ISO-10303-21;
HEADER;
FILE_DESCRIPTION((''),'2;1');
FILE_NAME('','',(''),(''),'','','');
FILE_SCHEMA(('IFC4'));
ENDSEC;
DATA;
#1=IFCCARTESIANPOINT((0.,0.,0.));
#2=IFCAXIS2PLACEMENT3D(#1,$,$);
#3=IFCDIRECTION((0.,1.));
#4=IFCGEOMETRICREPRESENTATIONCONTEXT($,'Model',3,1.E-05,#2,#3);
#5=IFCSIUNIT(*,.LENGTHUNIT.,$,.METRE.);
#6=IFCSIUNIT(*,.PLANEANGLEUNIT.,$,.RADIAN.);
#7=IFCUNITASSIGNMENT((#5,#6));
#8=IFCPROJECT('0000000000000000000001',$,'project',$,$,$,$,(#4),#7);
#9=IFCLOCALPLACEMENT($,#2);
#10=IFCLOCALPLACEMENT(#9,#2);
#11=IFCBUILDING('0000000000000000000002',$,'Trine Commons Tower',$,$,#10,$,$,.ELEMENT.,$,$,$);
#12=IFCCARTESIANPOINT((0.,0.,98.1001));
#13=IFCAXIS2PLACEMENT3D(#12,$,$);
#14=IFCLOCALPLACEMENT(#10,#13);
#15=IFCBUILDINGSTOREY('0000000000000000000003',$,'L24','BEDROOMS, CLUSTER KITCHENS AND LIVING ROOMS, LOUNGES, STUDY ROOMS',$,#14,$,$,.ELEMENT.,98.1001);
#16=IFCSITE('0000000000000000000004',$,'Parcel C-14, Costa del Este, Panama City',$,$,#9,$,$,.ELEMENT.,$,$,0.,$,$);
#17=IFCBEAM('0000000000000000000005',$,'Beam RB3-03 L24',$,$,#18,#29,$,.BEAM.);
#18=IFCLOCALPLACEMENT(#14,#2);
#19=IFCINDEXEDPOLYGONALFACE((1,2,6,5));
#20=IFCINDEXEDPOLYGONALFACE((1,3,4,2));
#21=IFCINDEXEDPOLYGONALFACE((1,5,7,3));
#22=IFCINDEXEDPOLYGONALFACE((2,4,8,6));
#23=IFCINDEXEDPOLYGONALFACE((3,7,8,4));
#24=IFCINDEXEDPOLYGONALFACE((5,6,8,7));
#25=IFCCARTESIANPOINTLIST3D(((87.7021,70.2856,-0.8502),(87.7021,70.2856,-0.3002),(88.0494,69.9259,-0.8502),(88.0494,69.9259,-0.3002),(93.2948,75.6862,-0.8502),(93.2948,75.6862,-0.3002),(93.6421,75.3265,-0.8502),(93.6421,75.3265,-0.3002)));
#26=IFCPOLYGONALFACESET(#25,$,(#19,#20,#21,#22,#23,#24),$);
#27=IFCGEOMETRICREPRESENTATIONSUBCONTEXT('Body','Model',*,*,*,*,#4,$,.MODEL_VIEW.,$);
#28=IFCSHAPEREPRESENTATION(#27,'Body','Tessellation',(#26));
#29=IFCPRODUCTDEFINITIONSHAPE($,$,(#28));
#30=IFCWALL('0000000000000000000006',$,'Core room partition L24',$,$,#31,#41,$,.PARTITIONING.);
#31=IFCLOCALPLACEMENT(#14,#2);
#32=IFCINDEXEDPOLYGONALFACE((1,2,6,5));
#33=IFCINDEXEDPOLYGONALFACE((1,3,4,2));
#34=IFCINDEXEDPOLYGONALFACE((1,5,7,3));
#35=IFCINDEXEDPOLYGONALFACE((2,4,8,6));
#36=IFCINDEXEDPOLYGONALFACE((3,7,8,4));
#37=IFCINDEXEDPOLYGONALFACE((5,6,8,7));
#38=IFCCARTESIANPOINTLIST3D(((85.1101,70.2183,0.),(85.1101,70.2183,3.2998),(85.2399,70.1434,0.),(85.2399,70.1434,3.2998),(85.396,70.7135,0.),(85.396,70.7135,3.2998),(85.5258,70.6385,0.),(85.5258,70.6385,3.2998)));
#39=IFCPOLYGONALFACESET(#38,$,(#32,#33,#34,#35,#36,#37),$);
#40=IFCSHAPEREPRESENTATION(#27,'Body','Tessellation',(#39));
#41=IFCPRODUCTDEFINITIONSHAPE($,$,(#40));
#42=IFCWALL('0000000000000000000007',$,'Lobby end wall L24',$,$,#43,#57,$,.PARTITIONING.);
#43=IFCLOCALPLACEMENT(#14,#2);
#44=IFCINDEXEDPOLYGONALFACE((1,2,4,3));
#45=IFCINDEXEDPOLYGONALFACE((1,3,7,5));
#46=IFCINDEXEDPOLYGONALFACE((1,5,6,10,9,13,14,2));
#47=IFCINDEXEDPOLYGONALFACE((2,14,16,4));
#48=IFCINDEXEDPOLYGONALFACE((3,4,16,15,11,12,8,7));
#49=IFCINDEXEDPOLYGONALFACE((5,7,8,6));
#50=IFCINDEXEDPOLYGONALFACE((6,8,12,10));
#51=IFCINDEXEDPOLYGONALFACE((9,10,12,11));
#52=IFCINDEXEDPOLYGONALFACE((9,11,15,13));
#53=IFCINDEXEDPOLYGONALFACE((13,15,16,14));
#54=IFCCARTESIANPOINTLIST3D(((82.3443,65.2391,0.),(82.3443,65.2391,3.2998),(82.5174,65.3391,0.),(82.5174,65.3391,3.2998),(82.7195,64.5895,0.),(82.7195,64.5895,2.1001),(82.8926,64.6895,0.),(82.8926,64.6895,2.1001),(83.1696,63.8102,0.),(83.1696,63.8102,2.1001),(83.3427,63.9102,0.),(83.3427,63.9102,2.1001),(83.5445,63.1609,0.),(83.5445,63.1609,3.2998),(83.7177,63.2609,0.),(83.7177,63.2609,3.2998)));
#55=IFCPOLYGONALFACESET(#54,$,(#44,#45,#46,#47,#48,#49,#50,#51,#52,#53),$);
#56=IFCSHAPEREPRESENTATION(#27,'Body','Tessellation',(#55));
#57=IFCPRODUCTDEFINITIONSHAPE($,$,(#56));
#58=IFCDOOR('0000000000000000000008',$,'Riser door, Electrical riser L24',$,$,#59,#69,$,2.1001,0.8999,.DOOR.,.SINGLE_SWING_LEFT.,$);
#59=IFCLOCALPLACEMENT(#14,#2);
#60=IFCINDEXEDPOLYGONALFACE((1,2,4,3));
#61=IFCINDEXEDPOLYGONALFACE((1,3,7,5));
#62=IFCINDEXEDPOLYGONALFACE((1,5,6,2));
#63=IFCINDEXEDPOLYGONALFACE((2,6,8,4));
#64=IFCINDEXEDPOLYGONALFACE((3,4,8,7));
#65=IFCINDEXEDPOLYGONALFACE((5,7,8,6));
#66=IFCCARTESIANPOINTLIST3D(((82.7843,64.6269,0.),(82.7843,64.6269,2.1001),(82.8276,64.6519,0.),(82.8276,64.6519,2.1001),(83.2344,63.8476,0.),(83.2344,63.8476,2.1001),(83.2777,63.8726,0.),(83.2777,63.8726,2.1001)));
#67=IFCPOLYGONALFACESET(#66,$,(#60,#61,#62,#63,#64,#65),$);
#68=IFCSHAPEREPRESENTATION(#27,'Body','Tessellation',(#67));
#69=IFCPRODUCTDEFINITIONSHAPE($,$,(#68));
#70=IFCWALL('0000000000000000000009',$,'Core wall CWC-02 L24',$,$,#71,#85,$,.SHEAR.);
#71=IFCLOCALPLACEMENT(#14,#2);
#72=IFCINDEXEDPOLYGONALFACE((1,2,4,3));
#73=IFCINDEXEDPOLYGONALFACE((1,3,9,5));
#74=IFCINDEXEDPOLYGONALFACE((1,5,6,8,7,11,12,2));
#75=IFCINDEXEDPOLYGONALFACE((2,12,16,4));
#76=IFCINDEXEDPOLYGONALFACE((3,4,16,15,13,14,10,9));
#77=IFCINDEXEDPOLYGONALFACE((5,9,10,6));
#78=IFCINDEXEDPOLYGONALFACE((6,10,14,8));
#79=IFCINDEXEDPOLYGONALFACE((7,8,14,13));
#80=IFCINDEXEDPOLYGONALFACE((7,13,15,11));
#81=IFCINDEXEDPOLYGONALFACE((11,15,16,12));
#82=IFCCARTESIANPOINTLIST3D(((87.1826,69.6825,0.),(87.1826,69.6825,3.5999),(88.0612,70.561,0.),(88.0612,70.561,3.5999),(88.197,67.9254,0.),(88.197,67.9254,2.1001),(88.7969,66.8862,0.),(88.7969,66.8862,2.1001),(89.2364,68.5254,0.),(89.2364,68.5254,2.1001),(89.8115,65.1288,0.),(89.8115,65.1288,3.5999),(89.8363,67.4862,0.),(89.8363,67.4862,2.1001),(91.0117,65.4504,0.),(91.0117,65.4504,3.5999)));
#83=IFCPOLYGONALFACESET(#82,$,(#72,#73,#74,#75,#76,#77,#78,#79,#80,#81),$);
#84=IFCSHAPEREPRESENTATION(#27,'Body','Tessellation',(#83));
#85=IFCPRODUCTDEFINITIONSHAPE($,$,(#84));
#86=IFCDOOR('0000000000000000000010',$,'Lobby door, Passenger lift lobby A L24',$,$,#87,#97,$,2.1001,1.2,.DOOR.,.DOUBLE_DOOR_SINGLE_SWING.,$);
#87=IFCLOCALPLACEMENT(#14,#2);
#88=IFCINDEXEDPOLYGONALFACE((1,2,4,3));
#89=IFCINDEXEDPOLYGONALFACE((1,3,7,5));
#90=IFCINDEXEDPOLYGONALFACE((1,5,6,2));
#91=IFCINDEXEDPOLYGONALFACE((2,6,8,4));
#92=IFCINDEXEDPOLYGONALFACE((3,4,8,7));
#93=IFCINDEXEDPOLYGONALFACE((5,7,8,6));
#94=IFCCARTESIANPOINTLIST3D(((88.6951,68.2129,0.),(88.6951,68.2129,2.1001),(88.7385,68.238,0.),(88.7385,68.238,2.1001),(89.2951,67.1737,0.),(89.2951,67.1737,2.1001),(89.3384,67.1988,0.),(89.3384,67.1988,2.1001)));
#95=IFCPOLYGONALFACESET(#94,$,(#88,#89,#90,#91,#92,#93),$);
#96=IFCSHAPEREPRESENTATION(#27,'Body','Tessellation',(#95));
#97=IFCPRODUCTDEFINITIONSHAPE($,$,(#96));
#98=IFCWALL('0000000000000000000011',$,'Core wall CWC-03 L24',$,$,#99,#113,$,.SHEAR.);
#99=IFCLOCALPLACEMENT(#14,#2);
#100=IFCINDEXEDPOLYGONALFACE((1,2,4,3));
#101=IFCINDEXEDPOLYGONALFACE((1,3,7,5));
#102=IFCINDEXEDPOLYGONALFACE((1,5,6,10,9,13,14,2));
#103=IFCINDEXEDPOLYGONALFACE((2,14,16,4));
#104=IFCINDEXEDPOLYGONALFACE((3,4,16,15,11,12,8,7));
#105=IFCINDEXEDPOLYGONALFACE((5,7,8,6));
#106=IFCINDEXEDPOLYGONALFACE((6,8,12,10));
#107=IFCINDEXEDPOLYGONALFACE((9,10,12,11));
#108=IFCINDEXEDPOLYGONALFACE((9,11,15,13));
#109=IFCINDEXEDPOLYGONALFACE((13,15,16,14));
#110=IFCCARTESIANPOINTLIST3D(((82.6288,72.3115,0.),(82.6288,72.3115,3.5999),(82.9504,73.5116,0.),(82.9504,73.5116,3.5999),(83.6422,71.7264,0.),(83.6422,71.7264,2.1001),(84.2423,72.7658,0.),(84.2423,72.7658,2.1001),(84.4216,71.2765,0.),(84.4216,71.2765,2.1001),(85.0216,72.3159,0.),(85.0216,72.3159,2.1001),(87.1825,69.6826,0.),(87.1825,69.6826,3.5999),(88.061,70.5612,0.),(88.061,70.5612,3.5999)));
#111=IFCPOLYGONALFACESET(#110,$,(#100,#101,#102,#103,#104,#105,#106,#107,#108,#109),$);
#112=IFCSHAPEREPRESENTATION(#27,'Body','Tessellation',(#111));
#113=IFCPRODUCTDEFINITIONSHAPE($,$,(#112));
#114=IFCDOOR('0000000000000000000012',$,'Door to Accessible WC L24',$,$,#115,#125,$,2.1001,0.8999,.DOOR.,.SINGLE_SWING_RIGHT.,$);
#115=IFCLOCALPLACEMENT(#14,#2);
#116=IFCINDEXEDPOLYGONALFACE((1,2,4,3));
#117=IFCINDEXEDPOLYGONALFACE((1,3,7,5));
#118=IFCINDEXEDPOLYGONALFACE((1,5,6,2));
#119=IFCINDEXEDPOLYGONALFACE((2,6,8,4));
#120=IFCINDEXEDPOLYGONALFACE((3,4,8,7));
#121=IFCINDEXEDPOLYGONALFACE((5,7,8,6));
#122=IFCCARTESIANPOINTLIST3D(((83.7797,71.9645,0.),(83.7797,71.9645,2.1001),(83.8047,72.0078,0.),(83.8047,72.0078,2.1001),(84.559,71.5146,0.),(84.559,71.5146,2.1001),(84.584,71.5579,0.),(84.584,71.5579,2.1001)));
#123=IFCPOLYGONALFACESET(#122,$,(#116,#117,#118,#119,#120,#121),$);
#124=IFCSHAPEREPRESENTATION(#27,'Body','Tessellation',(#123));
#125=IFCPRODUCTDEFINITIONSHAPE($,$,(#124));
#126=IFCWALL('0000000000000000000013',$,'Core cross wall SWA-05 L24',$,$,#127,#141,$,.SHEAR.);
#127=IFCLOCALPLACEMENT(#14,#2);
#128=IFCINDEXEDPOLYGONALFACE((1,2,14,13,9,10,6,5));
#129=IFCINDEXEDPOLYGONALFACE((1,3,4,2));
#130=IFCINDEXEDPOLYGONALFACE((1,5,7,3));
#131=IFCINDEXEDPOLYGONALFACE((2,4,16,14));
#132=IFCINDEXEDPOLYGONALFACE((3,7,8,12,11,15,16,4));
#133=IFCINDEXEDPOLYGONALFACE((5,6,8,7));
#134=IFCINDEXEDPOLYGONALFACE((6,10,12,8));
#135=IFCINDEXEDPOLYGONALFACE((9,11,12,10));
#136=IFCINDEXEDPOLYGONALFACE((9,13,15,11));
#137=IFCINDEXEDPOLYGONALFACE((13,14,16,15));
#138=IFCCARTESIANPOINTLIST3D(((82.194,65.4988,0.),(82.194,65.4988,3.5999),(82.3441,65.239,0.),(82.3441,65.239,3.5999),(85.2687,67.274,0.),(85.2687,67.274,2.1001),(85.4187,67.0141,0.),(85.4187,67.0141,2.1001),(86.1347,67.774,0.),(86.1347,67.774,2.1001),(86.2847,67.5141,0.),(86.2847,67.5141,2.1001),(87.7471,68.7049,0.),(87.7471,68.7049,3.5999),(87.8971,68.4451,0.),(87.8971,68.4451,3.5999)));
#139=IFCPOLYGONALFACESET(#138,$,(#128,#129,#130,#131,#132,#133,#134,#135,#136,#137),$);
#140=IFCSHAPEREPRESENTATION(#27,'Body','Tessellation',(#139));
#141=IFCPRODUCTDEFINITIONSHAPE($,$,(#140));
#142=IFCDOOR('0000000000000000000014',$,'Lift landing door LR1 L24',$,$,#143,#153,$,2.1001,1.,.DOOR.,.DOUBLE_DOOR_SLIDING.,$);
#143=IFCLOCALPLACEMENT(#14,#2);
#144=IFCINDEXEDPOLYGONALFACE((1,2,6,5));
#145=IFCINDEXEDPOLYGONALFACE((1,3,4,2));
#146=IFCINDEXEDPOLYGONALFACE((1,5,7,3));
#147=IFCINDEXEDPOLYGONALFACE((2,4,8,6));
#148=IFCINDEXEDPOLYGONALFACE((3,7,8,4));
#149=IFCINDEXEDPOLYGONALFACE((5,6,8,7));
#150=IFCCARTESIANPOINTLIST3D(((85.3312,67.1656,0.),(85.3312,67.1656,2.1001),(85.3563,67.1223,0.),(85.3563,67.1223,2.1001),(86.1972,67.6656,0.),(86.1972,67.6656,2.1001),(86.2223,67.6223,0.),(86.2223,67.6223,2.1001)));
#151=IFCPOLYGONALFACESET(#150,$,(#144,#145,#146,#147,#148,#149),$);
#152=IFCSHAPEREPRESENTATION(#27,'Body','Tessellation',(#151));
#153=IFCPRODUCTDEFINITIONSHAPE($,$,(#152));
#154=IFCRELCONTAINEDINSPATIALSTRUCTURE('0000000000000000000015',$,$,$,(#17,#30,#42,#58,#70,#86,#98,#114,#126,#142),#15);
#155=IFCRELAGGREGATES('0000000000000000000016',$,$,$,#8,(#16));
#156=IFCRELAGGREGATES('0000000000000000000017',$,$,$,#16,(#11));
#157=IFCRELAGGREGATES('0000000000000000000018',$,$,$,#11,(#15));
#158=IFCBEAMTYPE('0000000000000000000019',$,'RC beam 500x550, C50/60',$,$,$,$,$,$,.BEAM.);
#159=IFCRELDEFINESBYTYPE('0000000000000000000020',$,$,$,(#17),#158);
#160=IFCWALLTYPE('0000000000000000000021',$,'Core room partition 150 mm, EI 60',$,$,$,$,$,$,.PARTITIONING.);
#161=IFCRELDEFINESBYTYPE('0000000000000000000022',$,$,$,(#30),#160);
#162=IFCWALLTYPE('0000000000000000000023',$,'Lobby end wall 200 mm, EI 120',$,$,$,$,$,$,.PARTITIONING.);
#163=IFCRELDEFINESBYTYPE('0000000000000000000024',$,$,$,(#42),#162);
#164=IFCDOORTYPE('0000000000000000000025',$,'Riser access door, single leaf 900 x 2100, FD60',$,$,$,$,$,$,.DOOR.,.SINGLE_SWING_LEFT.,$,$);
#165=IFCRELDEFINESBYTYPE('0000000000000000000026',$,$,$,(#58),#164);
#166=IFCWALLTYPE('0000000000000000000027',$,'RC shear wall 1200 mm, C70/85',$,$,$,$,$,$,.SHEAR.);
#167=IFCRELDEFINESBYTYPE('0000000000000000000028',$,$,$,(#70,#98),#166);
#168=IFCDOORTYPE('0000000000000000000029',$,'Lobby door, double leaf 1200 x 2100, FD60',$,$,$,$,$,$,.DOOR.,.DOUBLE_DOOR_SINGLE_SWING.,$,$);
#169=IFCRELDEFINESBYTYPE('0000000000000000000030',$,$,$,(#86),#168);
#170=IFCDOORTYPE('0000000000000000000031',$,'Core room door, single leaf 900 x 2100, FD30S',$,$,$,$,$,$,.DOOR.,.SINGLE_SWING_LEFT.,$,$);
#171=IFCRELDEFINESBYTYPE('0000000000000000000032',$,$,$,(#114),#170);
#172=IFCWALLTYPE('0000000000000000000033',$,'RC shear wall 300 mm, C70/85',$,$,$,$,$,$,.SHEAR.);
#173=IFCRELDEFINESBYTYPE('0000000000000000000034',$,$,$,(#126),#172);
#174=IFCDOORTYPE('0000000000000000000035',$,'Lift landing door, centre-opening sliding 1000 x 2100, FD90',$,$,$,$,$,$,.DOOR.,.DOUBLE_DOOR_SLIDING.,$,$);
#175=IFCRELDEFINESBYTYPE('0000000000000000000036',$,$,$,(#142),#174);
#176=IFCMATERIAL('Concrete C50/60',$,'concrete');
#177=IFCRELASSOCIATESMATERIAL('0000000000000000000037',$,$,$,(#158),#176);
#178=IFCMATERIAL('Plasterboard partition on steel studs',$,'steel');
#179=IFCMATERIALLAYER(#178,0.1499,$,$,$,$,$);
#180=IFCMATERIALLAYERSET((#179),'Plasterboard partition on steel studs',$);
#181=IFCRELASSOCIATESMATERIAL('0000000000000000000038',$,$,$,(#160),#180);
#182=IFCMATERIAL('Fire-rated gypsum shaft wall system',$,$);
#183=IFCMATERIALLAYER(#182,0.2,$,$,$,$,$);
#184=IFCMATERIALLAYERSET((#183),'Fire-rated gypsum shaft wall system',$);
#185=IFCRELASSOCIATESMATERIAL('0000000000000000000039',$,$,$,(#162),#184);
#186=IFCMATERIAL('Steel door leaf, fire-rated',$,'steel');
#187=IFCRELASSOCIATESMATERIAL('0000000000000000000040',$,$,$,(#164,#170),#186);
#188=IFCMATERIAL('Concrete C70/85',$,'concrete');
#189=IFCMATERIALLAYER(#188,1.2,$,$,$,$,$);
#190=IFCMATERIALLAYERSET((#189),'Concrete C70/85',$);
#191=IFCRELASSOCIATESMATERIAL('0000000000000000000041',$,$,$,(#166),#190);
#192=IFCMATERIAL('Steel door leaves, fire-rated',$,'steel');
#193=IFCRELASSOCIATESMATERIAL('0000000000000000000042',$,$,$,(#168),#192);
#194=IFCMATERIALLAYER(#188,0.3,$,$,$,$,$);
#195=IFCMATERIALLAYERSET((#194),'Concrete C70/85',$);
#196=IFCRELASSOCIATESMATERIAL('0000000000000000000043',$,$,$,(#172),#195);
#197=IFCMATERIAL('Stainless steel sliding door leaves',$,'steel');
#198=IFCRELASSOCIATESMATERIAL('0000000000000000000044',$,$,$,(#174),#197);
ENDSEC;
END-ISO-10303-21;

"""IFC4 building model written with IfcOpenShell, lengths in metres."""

from ifc_helpers import new_model, si_unit, direction, frame, frame_2d, origin, origin_2d, place, context, subcontext, project, spatial, polyline, rectangle, outline, extrude, material, layer, layer_set, material_profile, profile_set, type_object, element, fill, save


model = new_model("IFC4")

# Units and contexts
model_context = context("Model", 3, precision=1e-05, world=origin(), true_north=direction((0.0, 1.0)))
body_context = subcontext(model_context, "Body", "Model", "MODEL_VIEW")
ifc_project = project(units=[si_unit("LENGTHUNIT", "METRE"), si_unit("PLANEANGLEUNIT", "RADIAN")], contexts=[model_context])

# Site, building, storey
site_placement = place(None, origin())
site = spatial("IfcSite", under=ifc_project, at=site_placement, Name="Parcel C-14, Costa del Este, Panama City", CompositionType="ELEMENT", RefElevation=0.0)
building_placement = place(site_placement, origin())
building = spatial("IfcBuilding", under=site, at=building_placement, Name="Trine Commons Tower", CompositionType="ELEMENT")
storey_placement = place(building_placement, frame((0.0, 0.0, 98.1001)))
storey = spatial("IfcBuildingStorey", under=building, at=storey_placement, Name="L24", Description="BEDROOMS, CLUSTER KITCHENS AND LIVING ROOMS, LOUNGES, STUDY ROOMS", CompositionType="ELEMENT", Elevation=98.1001)

# Beam
ifc_material_1 = material(Name="Concrete C50/60", Category="concrete")
ifc_material_profile = material_profile(ifc_material_1, rectangle(XDim=0.5, YDim=0.55, at=origin_2d()), Name="RC 500x550")
ifc_profile_set = profile_set([ifc_material_profile], Name="Concrete C50/60")
beam_type = type_object("IfcBeamType", Name="RC beam 500x550, C50/60", PredefinedType="BEAM", material=ifc_profile_set)
beam_placement = place(storey_placement, frame((87.8757, 70.1057, -0.5752), z_axis=(0.719355, 0.694642, 0.0), x_axis=(-0.694642, 0.719355, 0.0)))
element("IfcBeam", 1, at=beam_placement, inside=storey, type_object=beam_type, Name="Beam RB3-03 L24", PredefinedType="BEAM", context=body_context, shape_type="SweptSolid", body=[
    extrude(rectangle(XDim=0.5, YDim=0.55, at=origin_2d()), origin(), (0.0, 0.0, 1.0), 7.7747),
])

# Wall
ifc_material_2 = material(Name="Plasterboard partition on steel studs", Category="steel")
ifc_layer_1 = layer(ifc_material_2, 0.1499)
ifc_layer_set_1 = layer_set([ifc_layer_1], Name="Plasterboard partition on steel studs")
wall_type_1 = type_object("IfcWallType", Name="Core room partition 150 mm, EI 60", PredefinedType="PARTITIONING", material=ifc_layer_set_1)
wall_1_placement = place(storey_placement, frame((85.4609, 70.676, 0.0), z_axis=(0.0, 0.0, 1.0), x_axis=(-0.500043, -0.866001, 0.0)))
element("IfcWall", 2, at=wall_1_placement, inside=storey, type_object=wall_type_1, Name="Core room partition L24", PredefinedType="PARTITIONING", context=body_context, shape_type="SweptSolid", body=[
    extrude(rectangle(XDim=0.5718, YDim=0.1499, at=frame_2d((0.2859, 0.0))), origin(), (0.0, 0.0, 1.0), 3.2998),
])

# Walls, openings, doors
ifc_material_3 = material(Name="Fire-rated gypsum shaft wall system")
ifc_layer_2 = layer(ifc_material_3, 0.2)
ifc_layer_set_2 = layer_set([ifc_layer_2], Name="Fire-rated gypsum shaft wall system")
wall_type_2 = type_object("IfcWallType", Name="Lobby end wall 200 mm, EI 120", PredefinedType="PARTITIONING", material=ifc_layer_set_2)
wall_2_placement = place(storey_placement, frame((83.6311, 63.2109, 0.0), z_axis=(0.0, 0.0, 1.0), x_axis=(-0.500122, 0.865955, 0.0)))
wall_2 = element("IfcWall", 3, at=wall_2_placement, inside=storey, type_object=wall_type_2, Name="Lobby end wall L24", PredefinedType="PARTITIONING", context=body_context, shape_type="SweptSolid", body=[
    extrude(rectangle(XDim=2.3999, YDim=0.2, at=frame_2d((1.2, 0.0))), origin(), (0.0, 0.0, 1.0), 3.2998),
])
opening_1_placement = place(wall_2_placement, frame((0.7498, 0.0, 0.0)))
opening_1 = element("IfcOpeningElement", 4, at=opening_1_placement, cuts=wall_2, PredefinedType="OPENING", context=body_context, shape_type="SweptSolid", body=[
    extrude(rectangle(XDim=0.8999, YDim=2.1001, at=frame_2d((0.45, 1.05))), frame((0.0, 0.1099, 0.0), z_axis=(0.0, -1.0, 0.0), x_axis=(1.0, 0.0, 0.0)), (0.0, 0.0, 1.0), 0.22),
])
ifc_material_4 = material(Name="Steel door leaf, fire-rated", Category="steel")
door_type_1 = type_object("IfcDoorType", Name="Riser access door, single leaf 900 x 2100, FD60", OperationType="SINGLE_SWING_LEFT", PredefinedType="DOOR", material=ifc_material_4)
door_1_placement = place(opening_1_placement, frame((0.8999, 0.0, 0.0), z_axis=(0.0, 0.0, 1.0), x_axis=(-1.0, 0.0, 0.0)))
door_1 = element("IfcDoor", 5, at=door_1_placement, inside=storey, type_object=door_type_1, Name="Riser door, Electrical riser L24", OperationType="SINGLE_SWING_LEFT", OverallHeight=2.1001, OverallWidth=0.8999, PredefinedType="DOOR", context=body_context, shape_type="SweptSolid", body=[
    extrude(rectangle(XDim=0.8999, YDim=2.1001, at=frame_2d((0.45, 1.05))), frame((0.0, 0.0249, 0.0), z_axis=(0.0, -1.0, 0.0), x_axis=(1.0, 0.0, 0.0)), (0.0, 0.0, 1.0), 0.05),
])
fill(opening_1, door_1)
ifc_material_5 = material(Name="Concrete C70/85", Category="concrete")
ifc_layer_3 = layer(ifc_material_5, 1.2)
ifc_layer_set_3 = layer_set([ifc_layer_3], Name="Concrete C70/85")
wall_type_3 = type_object("IfcWallType", Name="RC shear wall 1200 mm, C70/85", PredefinedType="SHEAR", material=ifc_layer_set_3)
wall_3_placement = place(storey_placement, frame((90.4919, 65.1504, 0.0), z_axis=(0.0, 0.0, 1.0), x_axis=(-0.499979, 0.866037, 0.0)))
wall_3 = element("IfcWall", 6, at=wall_3_placement, inside=storey, type_object=wall_type_3, Name="Core wall CWC-02 L24", PredefinedType="SHEAR", context=body_context, shape_type="SweptSolid", body=[
    extrude(outline(polyline([(0.0, -0.6001), (5.9011, -0.6001), (5.5796, 0.6001), (0.3215, 0.6001), (0.0, -0.6001)])), origin(), (0.0, 0.0, 1.0), 3.5999),
])
opening_2_placement = place(wall_3_placement, frame((2.3506, 0.0, 0.0)))
opening_2 = element("IfcOpeningElement", 7, at=opening_2_placement, cuts=wall_3, PredefinedType="OPENING", context=body_context, shape_type="SweptSolid", body=[
    extrude(rectangle(XDim=1.2, YDim=2.1001, at=frame_2d((0.6001, 1.05))), frame((0.0, 0.6099, 0.0), z_axis=(0.0, -1.0, 0.0), x_axis=(1.0, 0.0, 0.0)), (0.0, 0.0, 1.0), 1.22),
])
ifc_material_6 = material(Name="Steel door leaves, fire-rated", Category="steel")
door_type_2 = type_object("IfcDoorType", Name="Lobby door, double leaf 1200 x 2100, FD60", OperationType="DOUBLE_DOOR_SINGLE_SWING", PredefinedType="DOOR", material=ifc_material_6)
door_2_placement = place(opening_2_placement, origin())
door_2 = element("IfcDoor", 8, at=door_2_placement, inside=storey, type_object=door_type_2, Name="Lobby door, Passenger lift lobby A L24", OperationType="DOUBLE_DOOR_SINGLE_SWING", OverallHeight=2.1001, OverallWidth=1.2, PredefinedType="DOOR", context=body_context, shape_type="SweptSolid", body=[
    extrude(rectangle(XDim=1.2, YDim=2.1001, at=frame_2d((0.6001, 1.05))), frame((0.0, 0.0249, 0.0), z_axis=(0.0, -1.0, 0.0), x_axis=(1.0, 0.0, 0.0)), (0.0, 0.0, 1.0), 0.05),
])
fill(opening_2, door_2)
wall_4_placement = place(storey_placement, frame((87.761, 70.0415, 0.0), z_axis=(0.0, 0.0, 1.0), x_axis=(-0.866037, 0.499979, 0.0)))
wall_4 = element("IfcWall", 9, at=wall_4_placement, inside=storey, type_object=wall_type_3, Name="Core wall CWC-03 L24", PredefinedType="SHEAR", context=body_context, shape_type="SweptSolid", body=[
    extrude(outline(polyline([(0.0, -0.6001), (5.9011, -0.6001), (5.5796, 0.6001), (0.3215, 0.6001), (0.0, -0.6001)])), origin(), (0.0, 0.0, 1.0), 3.5999),
])
opening_3_placement = place(wall_4_placement, frame((3.5095, 0.0, 0.0)))
opening_3 = element("IfcOpeningElement", 10, at=opening_3_placement, cuts=wall_4, PredefinedType="OPENING", context=body_context, shape_type="SweptSolid", body=[
    extrude(rectangle(XDim=0.8999, YDim=2.1001, at=frame_2d((0.45, 1.05))), frame((0.0, 0.6099, 0.0), z_axis=(0.0, -1.0, 0.0), x_axis=(1.0, 0.0, 0.0)), (0.0, 0.0, 1.0), 1.22),
])
door_type_3 = type_object("IfcDoorType", Name="Core room door, single leaf 900 x 2100, FD30S", OperationType="SINGLE_SWING_LEFT", PredefinedType="DOOR", material=ifc_material_4)
door_3_placement = place(opening_3_placement, origin())
door_3 = element("IfcDoor", 11, at=door_3_placement, inside=storey, type_object=door_type_3, Name="Door to Accessible WC L24", OperationType="SINGLE_SWING_RIGHT", OverallHeight=2.1001, OverallWidth=0.8999, PredefinedType="DOOR", context=body_context, shape_type="SweptSolid", body=[
    extrude(rectangle(XDim=0.8999, YDim=2.1001, at=frame_2d((0.45, 1.05))), frame((0.0, 0.3252, 0.0), z_axis=(0.0, -1.0, 0.0), x_axis=(1.0, 0.0, 0.0)), (0.0, 0.0, 1.0), 0.05),
])
fill(opening_3, door_3)
ifc_layer_4 = layer(ifc_material_5, 0.3)
ifc_layer_set_4 = layer_set([ifc_layer_4], Name="Concrete C70/85")
wall_type_4 = type_object("IfcWallType", Name="RC shear wall 300 mm, C70/85", PredefinedType="SHEAR", material=ifc_layer_set_4)
wall_5_placement = place(storey_placement, frame((82.269, 65.3689, 0.0), z_axis=(0.0, 0.0, 1.0), x_axis=(0.866023, 0.500005, 0.0)))
wall_5 = element("IfcWall", 12, at=wall_5_placement, inside=storey, type_object=wall_type_4, Name="Core cross wall SWA-05 L24", PredefinedType="SHEAR", context=body_context, shape_type="SweptSolid", body=[
    extrude(rectangle(XDim=6.4121, YDim=0.3, at=frame_2d((3.2061, 0.0))), origin(), (0.0, 0.0, 1.0), 3.5999),
])
opening_4_placement = place(wall_5_placement, frame((3.5503, 0.0, 0.0)))
opening_4 = element("IfcOpeningElement", 13, at=opening_4_placement, cuts=wall_5, PredefinedType="OPENING", context=body_context, shape_type="SweptSolid", body=[
    extrude(rectangle(XDim=1.0, YDim=2.1001, at=frame_2d((0.5, 1.05))), frame((0.0, 0.1599, 0.0), z_axis=(0.0, -1.0, 0.0), x_axis=(1.0, 0.0, 0.0)), (0.0, 0.0, 1.0), 0.3201),
])
ifc_material_7 = material(Name="Stainless steel sliding door leaves", Category="steel")
door_type_4 = type_object("IfcDoorType", Name="Lift landing door, centre-opening sliding 1000 x 2100, FD90", OperationType="DOUBLE_DOOR_SLIDING", PredefinedType="DOOR", material=ifc_material_7)
door_4_placement = place(opening_4_placement, origin())
door_4 = element("IfcDoor", 14, at=door_4_placement, inside=storey, type_object=door_type_4, Name="Lift landing door LR1 L24", OperationType="DOUBLE_DOOR_SLIDING", OverallHeight=2.1001, OverallWidth=1.0, PredefinedType="DOOR", context=body_context, shape_type="SweptSolid", body=[
    extrude(rectangle(XDim=1.0, YDim=2.1001, at=frame_2d((0.5, 1.05))), frame((0.0, 0.0249, 0.0), z_axis=(0.0, -1.0, 0.0), x_axis=(1.0, 0.0, 0.0)), (0.0, 0.0, 1.0), 0.05),
])
fill(opening_4, door_4)

save(model, "model.ifc")
